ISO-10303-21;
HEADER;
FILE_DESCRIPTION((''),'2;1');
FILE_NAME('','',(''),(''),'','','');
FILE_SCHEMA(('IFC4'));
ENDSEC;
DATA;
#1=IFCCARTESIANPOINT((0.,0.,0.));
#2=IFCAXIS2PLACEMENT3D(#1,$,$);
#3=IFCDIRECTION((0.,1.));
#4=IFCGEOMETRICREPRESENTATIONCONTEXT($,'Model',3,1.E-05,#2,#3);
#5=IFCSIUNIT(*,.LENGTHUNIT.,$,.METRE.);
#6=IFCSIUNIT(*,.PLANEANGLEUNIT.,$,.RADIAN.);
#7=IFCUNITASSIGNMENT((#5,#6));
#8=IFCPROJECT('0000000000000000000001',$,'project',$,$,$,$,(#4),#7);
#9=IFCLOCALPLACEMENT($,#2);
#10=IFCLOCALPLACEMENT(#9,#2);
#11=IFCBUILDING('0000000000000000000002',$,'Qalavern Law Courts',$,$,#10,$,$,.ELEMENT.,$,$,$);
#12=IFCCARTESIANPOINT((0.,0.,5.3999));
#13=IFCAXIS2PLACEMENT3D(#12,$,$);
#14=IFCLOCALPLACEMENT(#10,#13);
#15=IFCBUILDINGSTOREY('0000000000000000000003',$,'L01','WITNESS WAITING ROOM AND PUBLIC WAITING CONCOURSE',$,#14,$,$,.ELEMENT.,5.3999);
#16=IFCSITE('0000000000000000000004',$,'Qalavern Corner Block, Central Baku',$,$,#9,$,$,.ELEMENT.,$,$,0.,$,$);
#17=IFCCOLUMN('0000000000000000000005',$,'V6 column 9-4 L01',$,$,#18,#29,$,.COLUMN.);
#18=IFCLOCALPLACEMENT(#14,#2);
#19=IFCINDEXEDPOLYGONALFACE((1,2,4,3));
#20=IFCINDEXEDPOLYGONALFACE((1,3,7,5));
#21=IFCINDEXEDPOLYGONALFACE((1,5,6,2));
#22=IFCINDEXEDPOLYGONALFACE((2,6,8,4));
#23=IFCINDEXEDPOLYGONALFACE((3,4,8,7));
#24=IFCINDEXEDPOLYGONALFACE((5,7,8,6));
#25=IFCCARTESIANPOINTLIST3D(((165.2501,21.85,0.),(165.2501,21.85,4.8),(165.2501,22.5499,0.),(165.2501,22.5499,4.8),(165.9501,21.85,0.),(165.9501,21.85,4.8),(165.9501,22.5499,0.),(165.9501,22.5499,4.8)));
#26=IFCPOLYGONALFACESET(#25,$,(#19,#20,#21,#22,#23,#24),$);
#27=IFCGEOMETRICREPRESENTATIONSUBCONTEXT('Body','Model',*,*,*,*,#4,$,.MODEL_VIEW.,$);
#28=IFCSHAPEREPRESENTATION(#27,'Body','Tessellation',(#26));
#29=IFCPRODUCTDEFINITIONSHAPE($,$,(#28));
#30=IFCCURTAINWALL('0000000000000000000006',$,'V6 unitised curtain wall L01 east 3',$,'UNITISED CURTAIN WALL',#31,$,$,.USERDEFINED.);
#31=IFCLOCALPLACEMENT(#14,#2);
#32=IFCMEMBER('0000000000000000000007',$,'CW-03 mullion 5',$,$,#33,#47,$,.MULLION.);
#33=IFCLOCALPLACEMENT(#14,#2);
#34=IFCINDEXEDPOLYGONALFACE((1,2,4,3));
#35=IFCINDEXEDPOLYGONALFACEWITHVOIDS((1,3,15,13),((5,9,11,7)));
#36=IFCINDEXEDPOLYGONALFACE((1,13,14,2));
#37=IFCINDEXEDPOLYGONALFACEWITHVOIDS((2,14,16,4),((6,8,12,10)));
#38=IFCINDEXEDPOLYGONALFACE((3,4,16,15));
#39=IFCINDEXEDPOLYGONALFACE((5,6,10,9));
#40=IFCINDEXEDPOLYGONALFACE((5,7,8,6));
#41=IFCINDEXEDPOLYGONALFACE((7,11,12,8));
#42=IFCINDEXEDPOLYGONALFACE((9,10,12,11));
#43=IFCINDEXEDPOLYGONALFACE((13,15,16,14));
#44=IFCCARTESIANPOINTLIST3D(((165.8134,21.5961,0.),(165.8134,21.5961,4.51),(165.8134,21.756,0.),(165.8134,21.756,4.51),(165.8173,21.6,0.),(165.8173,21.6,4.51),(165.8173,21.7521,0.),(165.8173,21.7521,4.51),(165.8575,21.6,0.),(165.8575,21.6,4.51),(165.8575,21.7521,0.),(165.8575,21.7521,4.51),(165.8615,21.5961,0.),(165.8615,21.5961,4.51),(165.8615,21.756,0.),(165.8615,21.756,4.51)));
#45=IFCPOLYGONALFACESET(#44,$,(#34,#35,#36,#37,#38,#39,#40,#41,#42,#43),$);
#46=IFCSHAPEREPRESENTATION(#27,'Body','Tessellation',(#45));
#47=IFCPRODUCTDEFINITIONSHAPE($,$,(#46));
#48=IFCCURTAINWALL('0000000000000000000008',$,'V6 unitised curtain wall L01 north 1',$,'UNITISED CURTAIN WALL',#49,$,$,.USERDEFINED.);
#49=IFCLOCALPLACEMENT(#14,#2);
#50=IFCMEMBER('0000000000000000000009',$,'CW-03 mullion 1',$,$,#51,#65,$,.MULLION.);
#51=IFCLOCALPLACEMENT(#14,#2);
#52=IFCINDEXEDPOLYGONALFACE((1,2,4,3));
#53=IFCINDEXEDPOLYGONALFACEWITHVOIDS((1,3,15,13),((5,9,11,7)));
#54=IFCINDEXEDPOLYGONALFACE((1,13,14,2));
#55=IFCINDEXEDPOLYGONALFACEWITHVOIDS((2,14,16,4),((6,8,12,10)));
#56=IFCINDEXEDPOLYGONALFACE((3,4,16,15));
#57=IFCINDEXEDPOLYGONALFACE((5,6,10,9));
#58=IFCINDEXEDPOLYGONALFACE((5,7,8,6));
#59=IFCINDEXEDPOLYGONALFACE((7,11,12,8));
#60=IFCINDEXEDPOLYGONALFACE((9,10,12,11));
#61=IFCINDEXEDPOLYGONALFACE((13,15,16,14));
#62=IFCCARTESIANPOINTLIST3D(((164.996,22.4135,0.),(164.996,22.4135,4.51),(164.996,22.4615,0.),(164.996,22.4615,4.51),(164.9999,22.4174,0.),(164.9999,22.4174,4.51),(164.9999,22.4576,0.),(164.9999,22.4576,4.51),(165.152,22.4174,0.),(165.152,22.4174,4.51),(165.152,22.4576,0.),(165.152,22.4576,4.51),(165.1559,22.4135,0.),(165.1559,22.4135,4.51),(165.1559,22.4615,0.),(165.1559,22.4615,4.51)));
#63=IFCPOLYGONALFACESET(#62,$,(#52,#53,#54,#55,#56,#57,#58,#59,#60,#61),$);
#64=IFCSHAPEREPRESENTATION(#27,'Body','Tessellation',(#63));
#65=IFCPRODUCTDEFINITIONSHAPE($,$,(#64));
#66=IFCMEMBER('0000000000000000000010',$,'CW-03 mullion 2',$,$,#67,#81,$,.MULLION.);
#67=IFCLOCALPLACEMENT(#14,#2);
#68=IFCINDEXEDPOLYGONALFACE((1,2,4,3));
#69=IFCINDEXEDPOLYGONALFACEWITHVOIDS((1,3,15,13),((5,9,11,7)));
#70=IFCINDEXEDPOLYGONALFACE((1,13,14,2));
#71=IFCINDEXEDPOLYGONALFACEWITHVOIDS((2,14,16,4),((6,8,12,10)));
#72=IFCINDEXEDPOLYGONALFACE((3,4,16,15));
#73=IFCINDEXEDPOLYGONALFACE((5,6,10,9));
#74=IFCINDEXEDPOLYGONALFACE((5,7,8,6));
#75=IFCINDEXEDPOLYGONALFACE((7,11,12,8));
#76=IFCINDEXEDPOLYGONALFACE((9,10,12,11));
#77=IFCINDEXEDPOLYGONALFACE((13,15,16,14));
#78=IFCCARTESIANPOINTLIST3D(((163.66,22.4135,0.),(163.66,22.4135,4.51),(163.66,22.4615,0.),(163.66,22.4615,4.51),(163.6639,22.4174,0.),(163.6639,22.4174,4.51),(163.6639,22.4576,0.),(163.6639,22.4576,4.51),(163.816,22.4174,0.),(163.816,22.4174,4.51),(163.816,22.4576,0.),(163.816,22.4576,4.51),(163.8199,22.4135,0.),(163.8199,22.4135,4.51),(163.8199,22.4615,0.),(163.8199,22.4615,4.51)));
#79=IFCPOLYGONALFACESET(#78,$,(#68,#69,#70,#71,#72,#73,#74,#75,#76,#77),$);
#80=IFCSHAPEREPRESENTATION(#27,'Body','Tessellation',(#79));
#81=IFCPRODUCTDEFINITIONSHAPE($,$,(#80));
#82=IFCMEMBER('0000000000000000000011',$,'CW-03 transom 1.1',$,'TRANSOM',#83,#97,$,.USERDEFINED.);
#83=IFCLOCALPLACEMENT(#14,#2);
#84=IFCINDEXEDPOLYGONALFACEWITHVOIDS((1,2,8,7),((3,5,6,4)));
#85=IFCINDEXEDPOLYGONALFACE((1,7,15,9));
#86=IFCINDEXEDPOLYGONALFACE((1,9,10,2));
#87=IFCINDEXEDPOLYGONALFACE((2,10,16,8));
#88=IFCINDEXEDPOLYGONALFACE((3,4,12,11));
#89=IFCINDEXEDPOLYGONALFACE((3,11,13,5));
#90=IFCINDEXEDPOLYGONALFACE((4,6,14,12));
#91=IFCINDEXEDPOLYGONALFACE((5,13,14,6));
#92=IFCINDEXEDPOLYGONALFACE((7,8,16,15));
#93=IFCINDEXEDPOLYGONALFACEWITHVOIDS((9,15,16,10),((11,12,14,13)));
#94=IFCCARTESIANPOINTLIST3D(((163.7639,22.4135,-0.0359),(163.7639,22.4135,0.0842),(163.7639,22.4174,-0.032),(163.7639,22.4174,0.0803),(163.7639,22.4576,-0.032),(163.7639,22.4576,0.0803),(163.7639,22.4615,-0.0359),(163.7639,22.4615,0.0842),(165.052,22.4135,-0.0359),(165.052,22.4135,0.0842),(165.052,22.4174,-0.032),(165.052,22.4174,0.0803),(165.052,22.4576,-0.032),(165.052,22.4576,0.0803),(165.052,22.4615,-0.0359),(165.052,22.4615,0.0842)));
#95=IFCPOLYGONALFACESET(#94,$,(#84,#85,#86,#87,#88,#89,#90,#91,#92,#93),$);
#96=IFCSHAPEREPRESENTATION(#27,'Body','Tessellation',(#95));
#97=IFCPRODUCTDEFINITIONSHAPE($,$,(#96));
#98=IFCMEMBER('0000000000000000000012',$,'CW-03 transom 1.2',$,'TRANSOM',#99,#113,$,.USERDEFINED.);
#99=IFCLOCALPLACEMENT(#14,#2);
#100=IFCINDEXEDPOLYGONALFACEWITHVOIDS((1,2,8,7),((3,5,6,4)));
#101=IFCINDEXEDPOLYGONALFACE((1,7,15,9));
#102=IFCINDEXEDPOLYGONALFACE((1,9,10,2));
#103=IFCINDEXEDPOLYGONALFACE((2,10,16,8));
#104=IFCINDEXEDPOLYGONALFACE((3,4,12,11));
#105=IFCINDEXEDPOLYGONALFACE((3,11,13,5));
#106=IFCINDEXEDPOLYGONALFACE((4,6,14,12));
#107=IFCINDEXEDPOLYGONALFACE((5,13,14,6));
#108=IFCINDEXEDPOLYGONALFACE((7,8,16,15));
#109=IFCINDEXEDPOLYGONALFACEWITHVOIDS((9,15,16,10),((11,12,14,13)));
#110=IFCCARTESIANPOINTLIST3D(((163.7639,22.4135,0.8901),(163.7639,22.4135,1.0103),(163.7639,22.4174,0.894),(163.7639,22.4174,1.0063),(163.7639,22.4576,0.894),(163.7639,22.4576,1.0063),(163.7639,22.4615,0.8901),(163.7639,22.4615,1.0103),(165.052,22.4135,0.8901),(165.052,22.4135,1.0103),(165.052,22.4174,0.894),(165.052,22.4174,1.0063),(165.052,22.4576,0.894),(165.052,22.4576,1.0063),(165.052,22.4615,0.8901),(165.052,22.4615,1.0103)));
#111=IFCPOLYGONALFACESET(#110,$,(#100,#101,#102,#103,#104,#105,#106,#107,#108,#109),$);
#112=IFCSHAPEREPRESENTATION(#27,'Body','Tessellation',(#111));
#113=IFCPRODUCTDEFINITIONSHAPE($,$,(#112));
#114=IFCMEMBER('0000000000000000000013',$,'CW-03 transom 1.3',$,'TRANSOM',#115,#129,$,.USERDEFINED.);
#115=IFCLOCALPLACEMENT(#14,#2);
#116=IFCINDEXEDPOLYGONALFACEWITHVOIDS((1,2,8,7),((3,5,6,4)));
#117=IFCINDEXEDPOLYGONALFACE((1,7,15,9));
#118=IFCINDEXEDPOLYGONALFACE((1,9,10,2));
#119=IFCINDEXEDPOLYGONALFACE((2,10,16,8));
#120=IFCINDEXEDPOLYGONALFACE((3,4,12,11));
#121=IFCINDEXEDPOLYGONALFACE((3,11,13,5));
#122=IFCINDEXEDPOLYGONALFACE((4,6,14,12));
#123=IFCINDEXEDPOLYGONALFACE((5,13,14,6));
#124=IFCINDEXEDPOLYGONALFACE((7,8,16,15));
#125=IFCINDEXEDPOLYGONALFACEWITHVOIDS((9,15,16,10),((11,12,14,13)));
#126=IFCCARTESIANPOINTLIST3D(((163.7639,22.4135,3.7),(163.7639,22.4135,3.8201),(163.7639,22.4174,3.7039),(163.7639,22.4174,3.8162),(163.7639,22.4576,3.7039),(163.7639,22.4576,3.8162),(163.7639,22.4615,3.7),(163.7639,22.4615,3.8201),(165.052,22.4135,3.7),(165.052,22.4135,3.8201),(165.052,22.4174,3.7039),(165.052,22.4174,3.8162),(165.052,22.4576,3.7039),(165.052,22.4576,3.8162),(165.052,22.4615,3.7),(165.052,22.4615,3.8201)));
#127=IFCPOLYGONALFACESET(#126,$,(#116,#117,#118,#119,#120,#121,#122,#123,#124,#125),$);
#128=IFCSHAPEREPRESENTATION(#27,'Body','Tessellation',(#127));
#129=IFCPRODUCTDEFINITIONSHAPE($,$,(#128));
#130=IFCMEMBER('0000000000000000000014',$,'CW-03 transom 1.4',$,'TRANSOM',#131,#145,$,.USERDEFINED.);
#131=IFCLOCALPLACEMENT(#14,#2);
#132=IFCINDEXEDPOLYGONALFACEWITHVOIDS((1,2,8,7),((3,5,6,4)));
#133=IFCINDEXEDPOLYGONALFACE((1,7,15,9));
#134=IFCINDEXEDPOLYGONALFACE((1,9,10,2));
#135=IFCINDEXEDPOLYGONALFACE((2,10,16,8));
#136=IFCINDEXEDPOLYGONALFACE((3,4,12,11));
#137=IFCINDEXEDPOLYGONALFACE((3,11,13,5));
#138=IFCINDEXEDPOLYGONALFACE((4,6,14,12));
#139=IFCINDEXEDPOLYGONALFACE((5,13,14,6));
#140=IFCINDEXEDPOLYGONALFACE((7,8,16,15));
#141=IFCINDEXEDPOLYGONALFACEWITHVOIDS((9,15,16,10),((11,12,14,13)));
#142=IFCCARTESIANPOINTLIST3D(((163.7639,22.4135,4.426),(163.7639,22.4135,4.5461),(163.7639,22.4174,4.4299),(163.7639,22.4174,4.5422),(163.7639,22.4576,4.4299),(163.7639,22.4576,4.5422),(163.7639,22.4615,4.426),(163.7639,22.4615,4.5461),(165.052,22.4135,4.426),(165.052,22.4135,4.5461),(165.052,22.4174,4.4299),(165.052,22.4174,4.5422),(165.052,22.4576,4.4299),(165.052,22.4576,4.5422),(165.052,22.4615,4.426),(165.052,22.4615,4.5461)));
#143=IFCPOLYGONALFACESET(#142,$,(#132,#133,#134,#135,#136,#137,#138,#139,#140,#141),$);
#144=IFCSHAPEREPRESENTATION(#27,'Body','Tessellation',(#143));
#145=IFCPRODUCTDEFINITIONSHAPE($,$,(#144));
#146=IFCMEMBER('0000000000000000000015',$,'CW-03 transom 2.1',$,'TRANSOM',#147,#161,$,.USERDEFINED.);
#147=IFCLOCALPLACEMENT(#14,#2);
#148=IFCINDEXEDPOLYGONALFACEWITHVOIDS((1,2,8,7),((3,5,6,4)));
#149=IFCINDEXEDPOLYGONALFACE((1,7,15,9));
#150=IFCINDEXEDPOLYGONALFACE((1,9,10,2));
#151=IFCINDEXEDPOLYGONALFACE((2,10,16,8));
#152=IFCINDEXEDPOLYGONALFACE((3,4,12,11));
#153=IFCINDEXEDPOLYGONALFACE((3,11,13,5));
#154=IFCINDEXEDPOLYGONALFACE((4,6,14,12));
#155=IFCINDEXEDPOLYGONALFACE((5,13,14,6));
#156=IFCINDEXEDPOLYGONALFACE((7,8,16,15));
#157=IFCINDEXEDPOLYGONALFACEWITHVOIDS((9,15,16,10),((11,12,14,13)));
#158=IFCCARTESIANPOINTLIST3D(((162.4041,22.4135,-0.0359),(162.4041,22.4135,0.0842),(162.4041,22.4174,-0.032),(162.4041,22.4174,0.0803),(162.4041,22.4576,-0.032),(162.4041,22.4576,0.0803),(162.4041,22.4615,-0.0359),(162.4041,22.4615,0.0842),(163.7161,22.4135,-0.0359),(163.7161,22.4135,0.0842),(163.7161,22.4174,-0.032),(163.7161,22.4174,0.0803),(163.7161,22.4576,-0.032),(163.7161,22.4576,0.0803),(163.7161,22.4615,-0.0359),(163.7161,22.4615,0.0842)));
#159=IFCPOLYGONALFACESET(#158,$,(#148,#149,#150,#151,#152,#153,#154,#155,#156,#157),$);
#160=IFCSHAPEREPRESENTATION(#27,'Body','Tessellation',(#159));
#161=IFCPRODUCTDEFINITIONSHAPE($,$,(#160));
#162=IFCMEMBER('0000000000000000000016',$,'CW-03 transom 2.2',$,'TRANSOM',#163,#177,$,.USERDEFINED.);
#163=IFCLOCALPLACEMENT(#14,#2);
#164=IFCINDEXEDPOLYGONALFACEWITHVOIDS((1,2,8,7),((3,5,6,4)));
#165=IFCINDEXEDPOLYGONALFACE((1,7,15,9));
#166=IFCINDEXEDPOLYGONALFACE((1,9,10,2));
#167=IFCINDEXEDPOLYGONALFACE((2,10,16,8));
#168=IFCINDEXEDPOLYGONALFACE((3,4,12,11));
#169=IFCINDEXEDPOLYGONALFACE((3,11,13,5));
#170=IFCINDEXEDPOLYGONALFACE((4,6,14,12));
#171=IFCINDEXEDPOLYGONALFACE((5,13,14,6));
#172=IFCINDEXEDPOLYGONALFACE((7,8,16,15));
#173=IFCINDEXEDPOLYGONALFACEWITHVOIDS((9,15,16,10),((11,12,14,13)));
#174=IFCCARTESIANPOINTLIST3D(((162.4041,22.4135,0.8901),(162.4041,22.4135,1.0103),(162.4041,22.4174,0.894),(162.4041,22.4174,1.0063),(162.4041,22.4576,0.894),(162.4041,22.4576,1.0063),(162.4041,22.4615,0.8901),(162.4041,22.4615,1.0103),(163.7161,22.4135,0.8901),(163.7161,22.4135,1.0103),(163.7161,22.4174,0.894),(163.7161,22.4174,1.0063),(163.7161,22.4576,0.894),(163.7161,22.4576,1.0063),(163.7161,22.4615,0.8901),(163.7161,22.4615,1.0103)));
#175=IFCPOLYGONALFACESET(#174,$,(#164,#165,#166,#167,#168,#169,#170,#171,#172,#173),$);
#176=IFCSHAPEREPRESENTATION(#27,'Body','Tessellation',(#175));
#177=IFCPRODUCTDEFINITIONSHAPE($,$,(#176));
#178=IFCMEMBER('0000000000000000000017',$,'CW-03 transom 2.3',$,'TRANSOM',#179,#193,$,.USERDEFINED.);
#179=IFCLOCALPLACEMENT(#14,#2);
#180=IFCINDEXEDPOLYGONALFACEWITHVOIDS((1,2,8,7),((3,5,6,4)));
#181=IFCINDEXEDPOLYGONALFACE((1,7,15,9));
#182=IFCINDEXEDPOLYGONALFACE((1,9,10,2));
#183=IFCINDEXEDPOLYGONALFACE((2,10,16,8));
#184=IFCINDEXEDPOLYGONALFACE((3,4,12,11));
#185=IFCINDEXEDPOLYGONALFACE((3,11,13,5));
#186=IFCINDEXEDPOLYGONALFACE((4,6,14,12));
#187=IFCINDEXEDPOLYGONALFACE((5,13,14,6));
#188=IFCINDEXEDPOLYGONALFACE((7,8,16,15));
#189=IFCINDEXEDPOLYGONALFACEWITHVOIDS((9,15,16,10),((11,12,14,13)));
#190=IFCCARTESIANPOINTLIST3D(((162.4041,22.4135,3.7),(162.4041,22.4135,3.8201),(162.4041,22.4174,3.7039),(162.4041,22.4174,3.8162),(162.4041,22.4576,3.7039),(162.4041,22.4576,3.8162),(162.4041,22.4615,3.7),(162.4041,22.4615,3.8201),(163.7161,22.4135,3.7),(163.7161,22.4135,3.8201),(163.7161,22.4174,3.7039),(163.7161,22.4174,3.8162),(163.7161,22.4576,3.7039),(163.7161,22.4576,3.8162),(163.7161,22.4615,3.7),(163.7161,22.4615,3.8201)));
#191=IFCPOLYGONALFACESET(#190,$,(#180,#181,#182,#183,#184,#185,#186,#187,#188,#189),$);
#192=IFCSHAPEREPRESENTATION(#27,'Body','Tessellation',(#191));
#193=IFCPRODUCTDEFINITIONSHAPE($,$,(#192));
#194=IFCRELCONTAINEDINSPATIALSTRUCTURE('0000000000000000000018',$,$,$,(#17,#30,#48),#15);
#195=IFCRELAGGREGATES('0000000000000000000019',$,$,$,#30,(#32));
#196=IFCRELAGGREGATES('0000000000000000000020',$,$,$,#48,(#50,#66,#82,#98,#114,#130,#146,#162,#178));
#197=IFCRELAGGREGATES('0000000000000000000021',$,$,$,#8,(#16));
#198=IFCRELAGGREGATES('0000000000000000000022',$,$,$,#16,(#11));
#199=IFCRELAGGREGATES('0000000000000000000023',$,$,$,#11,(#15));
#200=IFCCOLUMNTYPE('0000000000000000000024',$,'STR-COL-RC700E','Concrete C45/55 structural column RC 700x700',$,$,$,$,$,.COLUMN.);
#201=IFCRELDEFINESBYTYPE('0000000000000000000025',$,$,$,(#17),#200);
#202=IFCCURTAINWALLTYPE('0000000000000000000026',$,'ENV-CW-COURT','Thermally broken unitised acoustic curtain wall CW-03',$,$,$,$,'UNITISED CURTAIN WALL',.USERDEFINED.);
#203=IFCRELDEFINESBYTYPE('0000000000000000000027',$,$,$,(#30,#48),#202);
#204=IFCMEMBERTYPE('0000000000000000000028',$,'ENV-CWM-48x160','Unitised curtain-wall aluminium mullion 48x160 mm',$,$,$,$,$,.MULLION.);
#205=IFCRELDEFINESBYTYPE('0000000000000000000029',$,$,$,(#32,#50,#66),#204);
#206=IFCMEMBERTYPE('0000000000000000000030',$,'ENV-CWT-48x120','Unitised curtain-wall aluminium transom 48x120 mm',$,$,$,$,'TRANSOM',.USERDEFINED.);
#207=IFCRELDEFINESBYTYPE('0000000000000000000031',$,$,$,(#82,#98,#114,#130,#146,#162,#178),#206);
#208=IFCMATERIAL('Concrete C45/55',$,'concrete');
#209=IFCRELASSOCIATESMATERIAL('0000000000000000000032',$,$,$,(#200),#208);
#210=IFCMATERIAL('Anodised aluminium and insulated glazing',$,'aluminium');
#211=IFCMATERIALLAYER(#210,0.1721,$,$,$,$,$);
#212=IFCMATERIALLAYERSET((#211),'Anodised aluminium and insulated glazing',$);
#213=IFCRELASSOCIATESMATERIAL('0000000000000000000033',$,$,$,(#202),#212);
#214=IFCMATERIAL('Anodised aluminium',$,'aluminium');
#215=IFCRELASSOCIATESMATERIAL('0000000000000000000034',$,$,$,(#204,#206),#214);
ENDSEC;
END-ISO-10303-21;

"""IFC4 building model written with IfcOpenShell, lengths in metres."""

from ifc_helpers import new_model, si_unit, direction, frame, origin, origin_2d, place, context, subcontext, project, spatial, rectangle, hollow_rectangle, extrude, material, layer, layer_set, material_profile, profile_set, type_object, element, aggregate, save


model = new_model("IFC4")

# Units and contexts
model_context = context("Model", 3, precision=1e-05, world=origin(), true_north=direction((0.0, 1.0)))
body_context = subcontext(model_context, "Body", "Model", "MODEL_VIEW")
ifc_project = project(units=[si_unit("LENGTHUNIT", "METRE"), si_unit("PLANEANGLEUNIT", "RADIAN")], contexts=[model_context])

# Site, building, storey
site_placement = place(None, origin())
site = spatial("IfcSite", under=ifc_project, at=site_placement, Name="Qalavern Corner Block, Central Baku", CompositionType="ELEMENT", RefElevation=0.0)
building_placement = place(site_placement, origin())
building = spatial("IfcBuilding", under=site, at=building_placement, Name="Qalavern Law Courts", CompositionType="ELEMENT")
storey_placement = place(building_placement, frame((0.0, 0.0, 5.3999)))
storey = spatial("IfcBuildingStorey", under=building, at=storey_placement, Name="L01", Description="WITNESS WAITING ROOM AND PUBLIC WAITING CONCOURSE", CompositionType="ELEMENT", Elevation=5.3999)

# Column
ifc_material_1 = material(Name="Concrete C45/55", Category="concrete")
ifc_material_profile_1 = material_profile(ifc_material_1, rectangle(XDim=0.7, YDim=0.7, at=origin_2d()), Name="RC 700x700")
ifc_profile_set_1 = profile_set([ifc_material_profile_1], Name="Concrete C45/55")
column_type = type_object("IfcColumnType", Name="STR-COL-RC700E", Description="Concrete C45/55 structural column RC 700x700", PredefinedType="COLUMN", material=ifc_profile_set_1)
column_placement = place(storey_placement, frame((165.6001, 22.2, 0.0), z_axis=(0.0, 0.0, 1.0), x_axis=(1.0, 0.0, 0.0)))
element("IfcColumn", 1, at=column_placement, inside=storey, type_object=column_type, Name="V6 column 9-4 L01", PredefinedType="COLUMN", context=body_context, shape_type="SweptSolid", body=[
    extrude(rectangle(XDim=0.7, YDim=0.7, at=origin_2d()), origin(), (0.0, 0.0, 1.0), 4.8),
])

# Curtain wall, member
ifc_material_2 = material(Name="Anodised aluminium and insulated glazing", Category="aluminium")
ifc_layer_1 = layer(ifc_material_2, 0.1721)
ifc_layer_set_1 = layer_set([ifc_layer_1], Name="Anodised aluminium and insulated glazing")
curtain_wall_type = type_object("IfcCurtainWallType", Name="ENV-CW-COURT", Description="Thermally broken unitised acoustic curtain wall CW-03", ElementType="UNITISED CURTAIN WALL", PredefinedType="USERDEFINED", material=ifc_layer_set_1)
curtain_wall_1_placement = place(storey_placement, origin())
curtain_wall_1 = element("IfcCurtainWall", 2, at=curtain_wall_1_placement, inside=storey, type_object=curtain_wall_type, Name="V6 unitised curtain wall L01 east 3", ObjectType="UNITISED CURTAIN WALL", PredefinedType="USERDEFINED")
ifc_material_3 = material(Name="Anodised aluminium", Category="aluminium")
ifc_material_profile_2 = material_profile(ifc_material_3, hollow_rectangle(XDim=0.0481, YDim=0.1599, WallThickness=0.0039, at=origin_2d()), Name="ALU MULLION 48x160")
ifc_profile_set_2 = profile_set([ifc_material_profile_2], Name="Anodised aluminium")
member_type_1 = type_object("IfcMemberType", Name="ENV-CWM-48x160", Description="Unitised curtain-wall aluminium mullion 48x160 mm", PredefinedType="MULLION", material=ifc_profile_set_2)
member_1_placement = place(storey_placement, frame((165.8374, 21.676, 0.0), z_axis=(0.0, 0.0, 1.0), x_axis=(-1.0, 0.0, 0.0)))
member_1 = element("IfcMember", 3, at=member_1_placement, type_object=member_type_1, Name="CW-03 mullion 5", PredefinedType="MULLION", context=body_context, shape_type="SweptSolid", body=[
    extrude(hollow_rectangle(XDim=0.0481, YDim=0.1599, WallThickness=0.0039, at=origin_2d()), origin(), (0.0, 0.0, 1.0), 4.51),
])
aggregate(curtain_wall_1, [member_1])

# Curtain wall, members
curtain_wall_2_placement = place(storey_placement, origin())
curtain_wall_2 = element("IfcCurtainWall", 4, at=curtain_wall_2_placement, inside=storey, type_object=curtain_wall_type, Name="V6 unitised curtain wall L01 north 1", ObjectType="UNITISED CURTAIN WALL", PredefinedType="USERDEFINED")
member_2_placement = place(storey_placement, frame((165.0759, 22.4375, 0.0), z_axis=(0.0, 0.0, 1.0), x_axis=(0.0, -1.0, 0.0)))
member_2 = element("IfcMember", 5, at=member_2_placement, type_object=member_type_1, Name="CW-03 mullion 1", PredefinedType="MULLION", context=body_context, shape_type="SweptSolid", body=[
    extrude(hollow_rectangle(XDim=0.0481, YDim=0.1599, WallThickness=0.0039, at=origin_2d()), origin(), (0.0, 0.0, 1.0), 4.51),
])
member_3_placement = place(storey_placement, frame((163.74, 22.4375, 0.0), z_axis=(0.0, 0.0, 1.0), x_axis=(0.0, -1.0, 0.0)))
member_3 = element("IfcMember", 6, at=member_3_placement, type_object=member_type_1, Name="CW-03 mullion 2", PredefinedType="MULLION", context=body_context, shape_type="SweptSolid", body=[
    extrude(hollow_rectangle(XDim=0.0481, YDim=0.1599, WallThickness=0.0039, at=origin_2d()), origin(), (0.0, 0.0, 1.0), 4.51),
])
ifc_material_profile_3 = material_profile(ifc_material_3, hollow_rectangle(XDim=0.0481, YDim=0.1201, WallThickness=0.0039, at=origin_2d()), Name="ALU TRANSOM 48x120")
ifc_profile_set_3 = profile_set([ifc_material_profile_3], Name="Anodised aluminium")
member_type_2 = type_object("IfcMemberType", Name="ENV-CWT-48x120", Description="Unitised curtain-wall aluminium transom 48x120 mm", ElementType="TRANSOM", PredefinedType="USERDEFINED", material=ifc_profile_set_3)
member_4_placement = place(storey_placement, frame((165.052, 22.4375, 0.0242), z_axis=(-1.0, 0.0, 0.0), x_axis=(0.0, -1.0, 0.0)))
member_4 = element("IfcMember", 7, at=member_4_placement, type_object=member_type_2, Name="CW-03 transom 1.1", ObjectType="TRANSOM", PredefinedType="USERDEFINED", context=body_context, shape_type="SweptSolid", body=[
    extrude(hollow_rectangle(XDim=0.0481, YDim=0.1201, WallThickness=0.0039, at=origin_2d()), origin(), (0.0, 0.0, 1.0), 1.2881),
])
member_5_placement = place(storey_placement, frame((165.052, 22.4375, 0.9502), z_axis=(-1.0, 0.0, 0.0), x_axis=(0.0, -1.0, 0.0)))
member_5 = element("IfcMember", 8, at=member_5_placement, type_object=member_type_2, Name="CW-03 transom 1.2", ObjectType="TRANSOM", PredefinedType="USERDEFINED", context=body_context, shape_type="SweptSolid", body=[
    extrude(hollow_rectangle(XDim=0.0481, YDim=0.1201, WallThickness=0.0039, at=origin_2d()), origin(), (0.0, 0.0, 1.0), 1.2881),
])
member_6_placement = place(storey_placement, frame((165.052, 22.4375, 3.76), z_axis=(-1.0, 0.0, 0.0), x_axis=(0.0, -1.0, 0.0)))
member_6 = element("IfcMember", 9, at=member_6_placement, type_object=member_type_2, Name="CW-03 transom 1.3", ObjectType="TRANSOM", PredefinedType="USERDEFINED", context=body_context, shape_type="SweptSolid", body=[
    extrude(hollow_rectangle(XDim=0.0481, YDim=0.1201, WallThickness=0.0039, at=origin_2d()), origin(), (0.0, 0.0, 1.0), 1.2881),
])
member_7_placement = place(storey_placement, frame((165.052, 22.4375, 4.4861), z_axis=(-1.0, 0.0, 0.0), x_axis=(0.0, -1.0, 0.0)))
member_7 = element("IfcMember", 10, at=member_7_placement, type_object=member_type_2, Name="CW-03 transom 1.4", ObjectType="TRANSOM", PredefinedType="USERDEFINED", context=body_context, shape_type="SweptSolid", body=[
    extrude(hollow_rectangle(XDim=0.0481, YDim=0.1201, WallThickness=0.0039, at=origin_2d()), origin(), (0.0, 0.0, 1.0), 1.2881),
])
member_8_placement = place(storey_placement, frame((163.7161, 22.4375, 0.0242), z_axis=(-1.0, 0.0, 0.0), x_axis=(0.0, -1.0, 0.0)))
member_8 = element("IfcMember", 11, at=member_8_placement, type_object=member_type_2, Name="CW-03 transom 2.1", ObjectType="TRANSOM", PredefinedType="USERDEFINED", context=body_context, shape_type="SweptSolid", body=[
    extrude(hollow_rectangle(XDim=0.0481, YDim=0.1201, WallThickness=0.0039, at=origin_2d()), origin(), (0.0, 0.0, 1.0), 1.312),
])
member_9_placement = place(storey_placement, frame((163.7161, 22.4375, 0.9502), z_axis=(-1.0, 0.0, 0.0), x_axis=(0.0, -1.0, 0.0)))
member_9 = element("IfcMember", 12, at=member_9_placement, type_object=member_type_2, Name="CW-03 transom 2.2", ObjectType="TRANSOM", PredefinedType="USERDEFINED", context=body_context, shape_type="SweptSolid", body=[
    extrude(hollow_rectangle(XDim=0.0481, YDim=0.1201, WallThickness=0.0039, at=origin_2d()), origin(), (0.0, 0.0, 1.0), 1.312),
])
member_10_placement = place(storey_placement, frame((163.7161, 22.4375, 3.76), z_axis=(-1.0, 0.0, 0.0), x_axis=(0.0, -1.0, 0.0)))
member_10 = element("IfcMember", 13, at=member_10_placement, type_object=member_type_2, Name="CW-03 transom 2.3", ObjectType="TRANSOM", PredefinedType="USERDEFINED", context=body_context, shape_type="SweptSolid", body=[
    extrude(hollow_rectangle(XDim=0.0481, YDim=0.1201, WallThickness=0.0039, at=origin_2d()), origin(), (0.0, 0.0, 1.0), 1.312),
])
aggregate(curtain_wall_2, [member_2, member_3, member_4, member_5, member_6, member_7, member_8, member_9, member_10])

save(model, "model.ifc")
